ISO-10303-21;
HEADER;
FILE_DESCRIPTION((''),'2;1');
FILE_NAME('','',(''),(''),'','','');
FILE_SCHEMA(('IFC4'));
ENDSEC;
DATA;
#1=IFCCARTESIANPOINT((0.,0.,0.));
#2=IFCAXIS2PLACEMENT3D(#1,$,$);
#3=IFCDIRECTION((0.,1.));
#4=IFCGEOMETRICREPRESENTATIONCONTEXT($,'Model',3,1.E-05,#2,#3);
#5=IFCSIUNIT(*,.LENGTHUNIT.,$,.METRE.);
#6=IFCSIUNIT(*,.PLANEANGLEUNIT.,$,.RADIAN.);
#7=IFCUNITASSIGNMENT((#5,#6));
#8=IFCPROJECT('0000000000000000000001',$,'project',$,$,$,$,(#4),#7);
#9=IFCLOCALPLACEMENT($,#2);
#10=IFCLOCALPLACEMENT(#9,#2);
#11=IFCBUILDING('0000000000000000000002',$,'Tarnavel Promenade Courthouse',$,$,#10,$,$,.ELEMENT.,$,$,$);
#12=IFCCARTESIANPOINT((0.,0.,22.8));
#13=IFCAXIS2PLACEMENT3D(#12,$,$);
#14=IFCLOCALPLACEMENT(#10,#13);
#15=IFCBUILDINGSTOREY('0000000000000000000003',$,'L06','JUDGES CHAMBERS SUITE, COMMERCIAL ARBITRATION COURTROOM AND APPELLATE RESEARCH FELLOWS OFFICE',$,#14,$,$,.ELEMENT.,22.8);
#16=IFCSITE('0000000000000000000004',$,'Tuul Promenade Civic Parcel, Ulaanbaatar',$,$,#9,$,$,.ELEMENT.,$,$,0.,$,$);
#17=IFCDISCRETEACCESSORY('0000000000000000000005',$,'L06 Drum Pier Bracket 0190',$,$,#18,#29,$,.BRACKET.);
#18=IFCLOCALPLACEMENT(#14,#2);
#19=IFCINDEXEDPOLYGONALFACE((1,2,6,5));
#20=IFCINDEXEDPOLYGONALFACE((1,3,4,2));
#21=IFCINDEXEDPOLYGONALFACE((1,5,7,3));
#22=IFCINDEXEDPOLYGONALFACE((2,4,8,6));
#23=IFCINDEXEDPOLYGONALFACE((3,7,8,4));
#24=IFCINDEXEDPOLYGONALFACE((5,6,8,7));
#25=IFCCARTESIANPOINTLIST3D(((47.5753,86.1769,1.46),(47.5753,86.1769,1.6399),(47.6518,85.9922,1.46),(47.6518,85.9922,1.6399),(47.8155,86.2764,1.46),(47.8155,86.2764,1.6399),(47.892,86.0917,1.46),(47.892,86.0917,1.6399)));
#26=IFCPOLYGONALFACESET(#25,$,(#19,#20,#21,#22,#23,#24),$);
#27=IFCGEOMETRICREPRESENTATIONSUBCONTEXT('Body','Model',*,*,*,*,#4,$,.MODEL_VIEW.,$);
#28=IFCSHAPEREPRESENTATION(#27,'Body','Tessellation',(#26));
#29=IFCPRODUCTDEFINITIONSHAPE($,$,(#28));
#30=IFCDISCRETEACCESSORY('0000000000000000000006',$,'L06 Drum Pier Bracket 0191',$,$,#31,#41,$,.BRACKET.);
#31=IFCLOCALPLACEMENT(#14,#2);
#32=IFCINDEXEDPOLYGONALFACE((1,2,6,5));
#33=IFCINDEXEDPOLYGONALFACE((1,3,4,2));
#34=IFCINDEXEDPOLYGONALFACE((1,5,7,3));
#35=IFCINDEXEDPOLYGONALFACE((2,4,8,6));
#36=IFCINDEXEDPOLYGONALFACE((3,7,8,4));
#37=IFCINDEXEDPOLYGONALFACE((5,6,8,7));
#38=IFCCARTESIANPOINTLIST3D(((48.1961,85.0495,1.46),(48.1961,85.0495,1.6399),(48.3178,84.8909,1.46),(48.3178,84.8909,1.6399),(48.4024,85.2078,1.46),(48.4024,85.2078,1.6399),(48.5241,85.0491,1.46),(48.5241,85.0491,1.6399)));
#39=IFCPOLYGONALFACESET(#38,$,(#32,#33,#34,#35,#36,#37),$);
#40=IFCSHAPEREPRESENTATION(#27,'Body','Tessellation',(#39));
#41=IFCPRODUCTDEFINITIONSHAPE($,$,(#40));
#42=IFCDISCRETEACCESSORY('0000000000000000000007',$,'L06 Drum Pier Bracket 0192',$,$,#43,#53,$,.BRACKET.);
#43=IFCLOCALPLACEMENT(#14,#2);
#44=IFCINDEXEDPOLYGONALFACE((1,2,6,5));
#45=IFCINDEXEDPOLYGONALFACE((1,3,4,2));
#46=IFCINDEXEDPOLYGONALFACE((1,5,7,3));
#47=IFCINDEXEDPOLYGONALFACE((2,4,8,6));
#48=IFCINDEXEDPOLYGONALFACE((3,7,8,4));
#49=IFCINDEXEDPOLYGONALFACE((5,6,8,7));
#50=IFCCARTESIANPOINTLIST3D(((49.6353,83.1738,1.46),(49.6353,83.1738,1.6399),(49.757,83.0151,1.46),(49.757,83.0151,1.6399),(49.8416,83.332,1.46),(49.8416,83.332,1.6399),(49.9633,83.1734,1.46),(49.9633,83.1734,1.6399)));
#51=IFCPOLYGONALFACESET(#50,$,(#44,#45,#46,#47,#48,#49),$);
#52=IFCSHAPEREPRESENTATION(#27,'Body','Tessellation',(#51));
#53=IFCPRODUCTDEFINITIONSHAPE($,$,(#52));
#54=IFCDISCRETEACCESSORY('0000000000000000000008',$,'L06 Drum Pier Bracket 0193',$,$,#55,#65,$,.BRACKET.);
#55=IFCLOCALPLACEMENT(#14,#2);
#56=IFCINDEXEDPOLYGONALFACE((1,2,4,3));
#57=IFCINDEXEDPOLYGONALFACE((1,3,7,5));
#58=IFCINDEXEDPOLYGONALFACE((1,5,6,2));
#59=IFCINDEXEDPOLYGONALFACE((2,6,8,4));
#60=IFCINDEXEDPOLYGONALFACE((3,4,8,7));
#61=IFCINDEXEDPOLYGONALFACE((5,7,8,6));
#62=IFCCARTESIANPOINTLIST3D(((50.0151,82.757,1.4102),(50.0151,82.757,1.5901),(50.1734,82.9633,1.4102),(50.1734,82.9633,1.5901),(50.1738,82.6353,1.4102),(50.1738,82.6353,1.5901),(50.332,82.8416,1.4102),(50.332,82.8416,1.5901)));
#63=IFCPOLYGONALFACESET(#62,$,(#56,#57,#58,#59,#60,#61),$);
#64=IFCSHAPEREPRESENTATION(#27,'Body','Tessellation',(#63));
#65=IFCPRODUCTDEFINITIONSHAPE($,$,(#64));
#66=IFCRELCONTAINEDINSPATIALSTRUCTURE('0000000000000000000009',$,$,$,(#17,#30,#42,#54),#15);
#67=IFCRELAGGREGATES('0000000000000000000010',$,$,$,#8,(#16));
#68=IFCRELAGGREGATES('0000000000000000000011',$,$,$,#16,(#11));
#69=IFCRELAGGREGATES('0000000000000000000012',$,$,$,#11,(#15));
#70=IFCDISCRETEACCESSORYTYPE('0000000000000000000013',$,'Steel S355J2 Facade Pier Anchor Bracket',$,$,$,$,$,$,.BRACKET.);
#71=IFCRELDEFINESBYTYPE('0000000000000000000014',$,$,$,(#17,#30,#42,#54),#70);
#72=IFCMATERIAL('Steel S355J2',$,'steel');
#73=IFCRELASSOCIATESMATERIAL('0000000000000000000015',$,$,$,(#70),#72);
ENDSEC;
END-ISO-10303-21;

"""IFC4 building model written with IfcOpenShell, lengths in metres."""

from ifc_helpers import new_model, si_unit, direction, frame, origin, origin_2d, place, context, subcontext, project, spatial, rectangle, extrude, material, type_object, element, save


model = new_model("IFC4")

# Units and contexts
model_context = context("Model", 3, precision=1e-05, world=origin(), true_north=direction((0.0, 1.0)))
body_context = subcontext(model_context, "Body", "Model", "MODEL_VIEW")
ifc_project = project(units=[si_unit("LENGTHUNIT", "METRE"), si_unit("PLANEANGLEUNIT", "RADIAN")], contexts=[model_context])

# Site, building, storey
site_placement = place(None, origin())
site = spatial("IfcSite", under=ifc_project, at=site_placement, Name="Tuul Promenade Civic Parcel, Ulaanbaatar", CompositionType="ELEMENT", RefElevation=0.0)
building_placement = place(site_placement, origin())
building = spatial("IfcBuilding", under=site, at=building_placement, Name="Tarnavel Promenade Courthouse", CompositionType="ELEMENT")
storey_placement = place(building_placement, frame((0.0, 0.0, 22.8)))
storey = spatial("IfcBuildingStorey", under=building, at=storey_placement, Name="L06", Description="JUDGES CHAMBERS SUITE, COMMERCIAL ARBITRATION COURTROOM AND APPELLATE RESEARCH FELLOWS OFFICE", CompositionType="ELEMENT", Elevation=22.8)

# Shared definitions
ifc_material_1 = material(Name="Steel S355J2", Category="steel")

# Discrete accessories
discrete_accessory_type = type_object("IfcDiscreteAccessoryType", Name="Steel S355J2 Facade Pier Anchor Bracket", PredefinedType="BRACKET", material=ifc_material_1)
for number, where, z_axis, x_axis, name in (
    (1, (47.7336, 86.1343, 1.46), (0.0, 0.0, 1.0), (0.382683, -0.92388, 0.0), "L06 Drum Pier Bracket 0190"),
    (2, (48.3601, 85.0493, 1.46), (0.0, 0.0, 1.0), (0.608761, -0.793353, 0.0), "L06 Drum Pier Bracket 0191"),
    (3, (49.7993, 83.1736, 1.46), (0.0, 0.0, 1.0), (0.608761, -0.793353, 0.0), "L06 Drum Pier Bracket 0192"),
    (4, (50.1736, 82.7993, 1.4102), (0.0, 0.0, 1.0), (0.793353, -0.608761, 0.0), "L06 Drum Pier Bracket 0193"),
):
    element("IfcDiscreteAccessory", number, at=place(storey_placement, frame(where, z_axis=z_axis, x_axis=x_axis)), inside=storey, type_object=discrete_accessory_type, Name=name, PredefinedType="BRACKET", context=body_context, shape_type="SweptSolid", body=[
        extrude(rectangle(XDim=0.2, YDim=0.26, at=origin_2d()), origin(), (0.0, 0.0, 1.0), 0.1799),
    ])

save(model, "model.ifc")
